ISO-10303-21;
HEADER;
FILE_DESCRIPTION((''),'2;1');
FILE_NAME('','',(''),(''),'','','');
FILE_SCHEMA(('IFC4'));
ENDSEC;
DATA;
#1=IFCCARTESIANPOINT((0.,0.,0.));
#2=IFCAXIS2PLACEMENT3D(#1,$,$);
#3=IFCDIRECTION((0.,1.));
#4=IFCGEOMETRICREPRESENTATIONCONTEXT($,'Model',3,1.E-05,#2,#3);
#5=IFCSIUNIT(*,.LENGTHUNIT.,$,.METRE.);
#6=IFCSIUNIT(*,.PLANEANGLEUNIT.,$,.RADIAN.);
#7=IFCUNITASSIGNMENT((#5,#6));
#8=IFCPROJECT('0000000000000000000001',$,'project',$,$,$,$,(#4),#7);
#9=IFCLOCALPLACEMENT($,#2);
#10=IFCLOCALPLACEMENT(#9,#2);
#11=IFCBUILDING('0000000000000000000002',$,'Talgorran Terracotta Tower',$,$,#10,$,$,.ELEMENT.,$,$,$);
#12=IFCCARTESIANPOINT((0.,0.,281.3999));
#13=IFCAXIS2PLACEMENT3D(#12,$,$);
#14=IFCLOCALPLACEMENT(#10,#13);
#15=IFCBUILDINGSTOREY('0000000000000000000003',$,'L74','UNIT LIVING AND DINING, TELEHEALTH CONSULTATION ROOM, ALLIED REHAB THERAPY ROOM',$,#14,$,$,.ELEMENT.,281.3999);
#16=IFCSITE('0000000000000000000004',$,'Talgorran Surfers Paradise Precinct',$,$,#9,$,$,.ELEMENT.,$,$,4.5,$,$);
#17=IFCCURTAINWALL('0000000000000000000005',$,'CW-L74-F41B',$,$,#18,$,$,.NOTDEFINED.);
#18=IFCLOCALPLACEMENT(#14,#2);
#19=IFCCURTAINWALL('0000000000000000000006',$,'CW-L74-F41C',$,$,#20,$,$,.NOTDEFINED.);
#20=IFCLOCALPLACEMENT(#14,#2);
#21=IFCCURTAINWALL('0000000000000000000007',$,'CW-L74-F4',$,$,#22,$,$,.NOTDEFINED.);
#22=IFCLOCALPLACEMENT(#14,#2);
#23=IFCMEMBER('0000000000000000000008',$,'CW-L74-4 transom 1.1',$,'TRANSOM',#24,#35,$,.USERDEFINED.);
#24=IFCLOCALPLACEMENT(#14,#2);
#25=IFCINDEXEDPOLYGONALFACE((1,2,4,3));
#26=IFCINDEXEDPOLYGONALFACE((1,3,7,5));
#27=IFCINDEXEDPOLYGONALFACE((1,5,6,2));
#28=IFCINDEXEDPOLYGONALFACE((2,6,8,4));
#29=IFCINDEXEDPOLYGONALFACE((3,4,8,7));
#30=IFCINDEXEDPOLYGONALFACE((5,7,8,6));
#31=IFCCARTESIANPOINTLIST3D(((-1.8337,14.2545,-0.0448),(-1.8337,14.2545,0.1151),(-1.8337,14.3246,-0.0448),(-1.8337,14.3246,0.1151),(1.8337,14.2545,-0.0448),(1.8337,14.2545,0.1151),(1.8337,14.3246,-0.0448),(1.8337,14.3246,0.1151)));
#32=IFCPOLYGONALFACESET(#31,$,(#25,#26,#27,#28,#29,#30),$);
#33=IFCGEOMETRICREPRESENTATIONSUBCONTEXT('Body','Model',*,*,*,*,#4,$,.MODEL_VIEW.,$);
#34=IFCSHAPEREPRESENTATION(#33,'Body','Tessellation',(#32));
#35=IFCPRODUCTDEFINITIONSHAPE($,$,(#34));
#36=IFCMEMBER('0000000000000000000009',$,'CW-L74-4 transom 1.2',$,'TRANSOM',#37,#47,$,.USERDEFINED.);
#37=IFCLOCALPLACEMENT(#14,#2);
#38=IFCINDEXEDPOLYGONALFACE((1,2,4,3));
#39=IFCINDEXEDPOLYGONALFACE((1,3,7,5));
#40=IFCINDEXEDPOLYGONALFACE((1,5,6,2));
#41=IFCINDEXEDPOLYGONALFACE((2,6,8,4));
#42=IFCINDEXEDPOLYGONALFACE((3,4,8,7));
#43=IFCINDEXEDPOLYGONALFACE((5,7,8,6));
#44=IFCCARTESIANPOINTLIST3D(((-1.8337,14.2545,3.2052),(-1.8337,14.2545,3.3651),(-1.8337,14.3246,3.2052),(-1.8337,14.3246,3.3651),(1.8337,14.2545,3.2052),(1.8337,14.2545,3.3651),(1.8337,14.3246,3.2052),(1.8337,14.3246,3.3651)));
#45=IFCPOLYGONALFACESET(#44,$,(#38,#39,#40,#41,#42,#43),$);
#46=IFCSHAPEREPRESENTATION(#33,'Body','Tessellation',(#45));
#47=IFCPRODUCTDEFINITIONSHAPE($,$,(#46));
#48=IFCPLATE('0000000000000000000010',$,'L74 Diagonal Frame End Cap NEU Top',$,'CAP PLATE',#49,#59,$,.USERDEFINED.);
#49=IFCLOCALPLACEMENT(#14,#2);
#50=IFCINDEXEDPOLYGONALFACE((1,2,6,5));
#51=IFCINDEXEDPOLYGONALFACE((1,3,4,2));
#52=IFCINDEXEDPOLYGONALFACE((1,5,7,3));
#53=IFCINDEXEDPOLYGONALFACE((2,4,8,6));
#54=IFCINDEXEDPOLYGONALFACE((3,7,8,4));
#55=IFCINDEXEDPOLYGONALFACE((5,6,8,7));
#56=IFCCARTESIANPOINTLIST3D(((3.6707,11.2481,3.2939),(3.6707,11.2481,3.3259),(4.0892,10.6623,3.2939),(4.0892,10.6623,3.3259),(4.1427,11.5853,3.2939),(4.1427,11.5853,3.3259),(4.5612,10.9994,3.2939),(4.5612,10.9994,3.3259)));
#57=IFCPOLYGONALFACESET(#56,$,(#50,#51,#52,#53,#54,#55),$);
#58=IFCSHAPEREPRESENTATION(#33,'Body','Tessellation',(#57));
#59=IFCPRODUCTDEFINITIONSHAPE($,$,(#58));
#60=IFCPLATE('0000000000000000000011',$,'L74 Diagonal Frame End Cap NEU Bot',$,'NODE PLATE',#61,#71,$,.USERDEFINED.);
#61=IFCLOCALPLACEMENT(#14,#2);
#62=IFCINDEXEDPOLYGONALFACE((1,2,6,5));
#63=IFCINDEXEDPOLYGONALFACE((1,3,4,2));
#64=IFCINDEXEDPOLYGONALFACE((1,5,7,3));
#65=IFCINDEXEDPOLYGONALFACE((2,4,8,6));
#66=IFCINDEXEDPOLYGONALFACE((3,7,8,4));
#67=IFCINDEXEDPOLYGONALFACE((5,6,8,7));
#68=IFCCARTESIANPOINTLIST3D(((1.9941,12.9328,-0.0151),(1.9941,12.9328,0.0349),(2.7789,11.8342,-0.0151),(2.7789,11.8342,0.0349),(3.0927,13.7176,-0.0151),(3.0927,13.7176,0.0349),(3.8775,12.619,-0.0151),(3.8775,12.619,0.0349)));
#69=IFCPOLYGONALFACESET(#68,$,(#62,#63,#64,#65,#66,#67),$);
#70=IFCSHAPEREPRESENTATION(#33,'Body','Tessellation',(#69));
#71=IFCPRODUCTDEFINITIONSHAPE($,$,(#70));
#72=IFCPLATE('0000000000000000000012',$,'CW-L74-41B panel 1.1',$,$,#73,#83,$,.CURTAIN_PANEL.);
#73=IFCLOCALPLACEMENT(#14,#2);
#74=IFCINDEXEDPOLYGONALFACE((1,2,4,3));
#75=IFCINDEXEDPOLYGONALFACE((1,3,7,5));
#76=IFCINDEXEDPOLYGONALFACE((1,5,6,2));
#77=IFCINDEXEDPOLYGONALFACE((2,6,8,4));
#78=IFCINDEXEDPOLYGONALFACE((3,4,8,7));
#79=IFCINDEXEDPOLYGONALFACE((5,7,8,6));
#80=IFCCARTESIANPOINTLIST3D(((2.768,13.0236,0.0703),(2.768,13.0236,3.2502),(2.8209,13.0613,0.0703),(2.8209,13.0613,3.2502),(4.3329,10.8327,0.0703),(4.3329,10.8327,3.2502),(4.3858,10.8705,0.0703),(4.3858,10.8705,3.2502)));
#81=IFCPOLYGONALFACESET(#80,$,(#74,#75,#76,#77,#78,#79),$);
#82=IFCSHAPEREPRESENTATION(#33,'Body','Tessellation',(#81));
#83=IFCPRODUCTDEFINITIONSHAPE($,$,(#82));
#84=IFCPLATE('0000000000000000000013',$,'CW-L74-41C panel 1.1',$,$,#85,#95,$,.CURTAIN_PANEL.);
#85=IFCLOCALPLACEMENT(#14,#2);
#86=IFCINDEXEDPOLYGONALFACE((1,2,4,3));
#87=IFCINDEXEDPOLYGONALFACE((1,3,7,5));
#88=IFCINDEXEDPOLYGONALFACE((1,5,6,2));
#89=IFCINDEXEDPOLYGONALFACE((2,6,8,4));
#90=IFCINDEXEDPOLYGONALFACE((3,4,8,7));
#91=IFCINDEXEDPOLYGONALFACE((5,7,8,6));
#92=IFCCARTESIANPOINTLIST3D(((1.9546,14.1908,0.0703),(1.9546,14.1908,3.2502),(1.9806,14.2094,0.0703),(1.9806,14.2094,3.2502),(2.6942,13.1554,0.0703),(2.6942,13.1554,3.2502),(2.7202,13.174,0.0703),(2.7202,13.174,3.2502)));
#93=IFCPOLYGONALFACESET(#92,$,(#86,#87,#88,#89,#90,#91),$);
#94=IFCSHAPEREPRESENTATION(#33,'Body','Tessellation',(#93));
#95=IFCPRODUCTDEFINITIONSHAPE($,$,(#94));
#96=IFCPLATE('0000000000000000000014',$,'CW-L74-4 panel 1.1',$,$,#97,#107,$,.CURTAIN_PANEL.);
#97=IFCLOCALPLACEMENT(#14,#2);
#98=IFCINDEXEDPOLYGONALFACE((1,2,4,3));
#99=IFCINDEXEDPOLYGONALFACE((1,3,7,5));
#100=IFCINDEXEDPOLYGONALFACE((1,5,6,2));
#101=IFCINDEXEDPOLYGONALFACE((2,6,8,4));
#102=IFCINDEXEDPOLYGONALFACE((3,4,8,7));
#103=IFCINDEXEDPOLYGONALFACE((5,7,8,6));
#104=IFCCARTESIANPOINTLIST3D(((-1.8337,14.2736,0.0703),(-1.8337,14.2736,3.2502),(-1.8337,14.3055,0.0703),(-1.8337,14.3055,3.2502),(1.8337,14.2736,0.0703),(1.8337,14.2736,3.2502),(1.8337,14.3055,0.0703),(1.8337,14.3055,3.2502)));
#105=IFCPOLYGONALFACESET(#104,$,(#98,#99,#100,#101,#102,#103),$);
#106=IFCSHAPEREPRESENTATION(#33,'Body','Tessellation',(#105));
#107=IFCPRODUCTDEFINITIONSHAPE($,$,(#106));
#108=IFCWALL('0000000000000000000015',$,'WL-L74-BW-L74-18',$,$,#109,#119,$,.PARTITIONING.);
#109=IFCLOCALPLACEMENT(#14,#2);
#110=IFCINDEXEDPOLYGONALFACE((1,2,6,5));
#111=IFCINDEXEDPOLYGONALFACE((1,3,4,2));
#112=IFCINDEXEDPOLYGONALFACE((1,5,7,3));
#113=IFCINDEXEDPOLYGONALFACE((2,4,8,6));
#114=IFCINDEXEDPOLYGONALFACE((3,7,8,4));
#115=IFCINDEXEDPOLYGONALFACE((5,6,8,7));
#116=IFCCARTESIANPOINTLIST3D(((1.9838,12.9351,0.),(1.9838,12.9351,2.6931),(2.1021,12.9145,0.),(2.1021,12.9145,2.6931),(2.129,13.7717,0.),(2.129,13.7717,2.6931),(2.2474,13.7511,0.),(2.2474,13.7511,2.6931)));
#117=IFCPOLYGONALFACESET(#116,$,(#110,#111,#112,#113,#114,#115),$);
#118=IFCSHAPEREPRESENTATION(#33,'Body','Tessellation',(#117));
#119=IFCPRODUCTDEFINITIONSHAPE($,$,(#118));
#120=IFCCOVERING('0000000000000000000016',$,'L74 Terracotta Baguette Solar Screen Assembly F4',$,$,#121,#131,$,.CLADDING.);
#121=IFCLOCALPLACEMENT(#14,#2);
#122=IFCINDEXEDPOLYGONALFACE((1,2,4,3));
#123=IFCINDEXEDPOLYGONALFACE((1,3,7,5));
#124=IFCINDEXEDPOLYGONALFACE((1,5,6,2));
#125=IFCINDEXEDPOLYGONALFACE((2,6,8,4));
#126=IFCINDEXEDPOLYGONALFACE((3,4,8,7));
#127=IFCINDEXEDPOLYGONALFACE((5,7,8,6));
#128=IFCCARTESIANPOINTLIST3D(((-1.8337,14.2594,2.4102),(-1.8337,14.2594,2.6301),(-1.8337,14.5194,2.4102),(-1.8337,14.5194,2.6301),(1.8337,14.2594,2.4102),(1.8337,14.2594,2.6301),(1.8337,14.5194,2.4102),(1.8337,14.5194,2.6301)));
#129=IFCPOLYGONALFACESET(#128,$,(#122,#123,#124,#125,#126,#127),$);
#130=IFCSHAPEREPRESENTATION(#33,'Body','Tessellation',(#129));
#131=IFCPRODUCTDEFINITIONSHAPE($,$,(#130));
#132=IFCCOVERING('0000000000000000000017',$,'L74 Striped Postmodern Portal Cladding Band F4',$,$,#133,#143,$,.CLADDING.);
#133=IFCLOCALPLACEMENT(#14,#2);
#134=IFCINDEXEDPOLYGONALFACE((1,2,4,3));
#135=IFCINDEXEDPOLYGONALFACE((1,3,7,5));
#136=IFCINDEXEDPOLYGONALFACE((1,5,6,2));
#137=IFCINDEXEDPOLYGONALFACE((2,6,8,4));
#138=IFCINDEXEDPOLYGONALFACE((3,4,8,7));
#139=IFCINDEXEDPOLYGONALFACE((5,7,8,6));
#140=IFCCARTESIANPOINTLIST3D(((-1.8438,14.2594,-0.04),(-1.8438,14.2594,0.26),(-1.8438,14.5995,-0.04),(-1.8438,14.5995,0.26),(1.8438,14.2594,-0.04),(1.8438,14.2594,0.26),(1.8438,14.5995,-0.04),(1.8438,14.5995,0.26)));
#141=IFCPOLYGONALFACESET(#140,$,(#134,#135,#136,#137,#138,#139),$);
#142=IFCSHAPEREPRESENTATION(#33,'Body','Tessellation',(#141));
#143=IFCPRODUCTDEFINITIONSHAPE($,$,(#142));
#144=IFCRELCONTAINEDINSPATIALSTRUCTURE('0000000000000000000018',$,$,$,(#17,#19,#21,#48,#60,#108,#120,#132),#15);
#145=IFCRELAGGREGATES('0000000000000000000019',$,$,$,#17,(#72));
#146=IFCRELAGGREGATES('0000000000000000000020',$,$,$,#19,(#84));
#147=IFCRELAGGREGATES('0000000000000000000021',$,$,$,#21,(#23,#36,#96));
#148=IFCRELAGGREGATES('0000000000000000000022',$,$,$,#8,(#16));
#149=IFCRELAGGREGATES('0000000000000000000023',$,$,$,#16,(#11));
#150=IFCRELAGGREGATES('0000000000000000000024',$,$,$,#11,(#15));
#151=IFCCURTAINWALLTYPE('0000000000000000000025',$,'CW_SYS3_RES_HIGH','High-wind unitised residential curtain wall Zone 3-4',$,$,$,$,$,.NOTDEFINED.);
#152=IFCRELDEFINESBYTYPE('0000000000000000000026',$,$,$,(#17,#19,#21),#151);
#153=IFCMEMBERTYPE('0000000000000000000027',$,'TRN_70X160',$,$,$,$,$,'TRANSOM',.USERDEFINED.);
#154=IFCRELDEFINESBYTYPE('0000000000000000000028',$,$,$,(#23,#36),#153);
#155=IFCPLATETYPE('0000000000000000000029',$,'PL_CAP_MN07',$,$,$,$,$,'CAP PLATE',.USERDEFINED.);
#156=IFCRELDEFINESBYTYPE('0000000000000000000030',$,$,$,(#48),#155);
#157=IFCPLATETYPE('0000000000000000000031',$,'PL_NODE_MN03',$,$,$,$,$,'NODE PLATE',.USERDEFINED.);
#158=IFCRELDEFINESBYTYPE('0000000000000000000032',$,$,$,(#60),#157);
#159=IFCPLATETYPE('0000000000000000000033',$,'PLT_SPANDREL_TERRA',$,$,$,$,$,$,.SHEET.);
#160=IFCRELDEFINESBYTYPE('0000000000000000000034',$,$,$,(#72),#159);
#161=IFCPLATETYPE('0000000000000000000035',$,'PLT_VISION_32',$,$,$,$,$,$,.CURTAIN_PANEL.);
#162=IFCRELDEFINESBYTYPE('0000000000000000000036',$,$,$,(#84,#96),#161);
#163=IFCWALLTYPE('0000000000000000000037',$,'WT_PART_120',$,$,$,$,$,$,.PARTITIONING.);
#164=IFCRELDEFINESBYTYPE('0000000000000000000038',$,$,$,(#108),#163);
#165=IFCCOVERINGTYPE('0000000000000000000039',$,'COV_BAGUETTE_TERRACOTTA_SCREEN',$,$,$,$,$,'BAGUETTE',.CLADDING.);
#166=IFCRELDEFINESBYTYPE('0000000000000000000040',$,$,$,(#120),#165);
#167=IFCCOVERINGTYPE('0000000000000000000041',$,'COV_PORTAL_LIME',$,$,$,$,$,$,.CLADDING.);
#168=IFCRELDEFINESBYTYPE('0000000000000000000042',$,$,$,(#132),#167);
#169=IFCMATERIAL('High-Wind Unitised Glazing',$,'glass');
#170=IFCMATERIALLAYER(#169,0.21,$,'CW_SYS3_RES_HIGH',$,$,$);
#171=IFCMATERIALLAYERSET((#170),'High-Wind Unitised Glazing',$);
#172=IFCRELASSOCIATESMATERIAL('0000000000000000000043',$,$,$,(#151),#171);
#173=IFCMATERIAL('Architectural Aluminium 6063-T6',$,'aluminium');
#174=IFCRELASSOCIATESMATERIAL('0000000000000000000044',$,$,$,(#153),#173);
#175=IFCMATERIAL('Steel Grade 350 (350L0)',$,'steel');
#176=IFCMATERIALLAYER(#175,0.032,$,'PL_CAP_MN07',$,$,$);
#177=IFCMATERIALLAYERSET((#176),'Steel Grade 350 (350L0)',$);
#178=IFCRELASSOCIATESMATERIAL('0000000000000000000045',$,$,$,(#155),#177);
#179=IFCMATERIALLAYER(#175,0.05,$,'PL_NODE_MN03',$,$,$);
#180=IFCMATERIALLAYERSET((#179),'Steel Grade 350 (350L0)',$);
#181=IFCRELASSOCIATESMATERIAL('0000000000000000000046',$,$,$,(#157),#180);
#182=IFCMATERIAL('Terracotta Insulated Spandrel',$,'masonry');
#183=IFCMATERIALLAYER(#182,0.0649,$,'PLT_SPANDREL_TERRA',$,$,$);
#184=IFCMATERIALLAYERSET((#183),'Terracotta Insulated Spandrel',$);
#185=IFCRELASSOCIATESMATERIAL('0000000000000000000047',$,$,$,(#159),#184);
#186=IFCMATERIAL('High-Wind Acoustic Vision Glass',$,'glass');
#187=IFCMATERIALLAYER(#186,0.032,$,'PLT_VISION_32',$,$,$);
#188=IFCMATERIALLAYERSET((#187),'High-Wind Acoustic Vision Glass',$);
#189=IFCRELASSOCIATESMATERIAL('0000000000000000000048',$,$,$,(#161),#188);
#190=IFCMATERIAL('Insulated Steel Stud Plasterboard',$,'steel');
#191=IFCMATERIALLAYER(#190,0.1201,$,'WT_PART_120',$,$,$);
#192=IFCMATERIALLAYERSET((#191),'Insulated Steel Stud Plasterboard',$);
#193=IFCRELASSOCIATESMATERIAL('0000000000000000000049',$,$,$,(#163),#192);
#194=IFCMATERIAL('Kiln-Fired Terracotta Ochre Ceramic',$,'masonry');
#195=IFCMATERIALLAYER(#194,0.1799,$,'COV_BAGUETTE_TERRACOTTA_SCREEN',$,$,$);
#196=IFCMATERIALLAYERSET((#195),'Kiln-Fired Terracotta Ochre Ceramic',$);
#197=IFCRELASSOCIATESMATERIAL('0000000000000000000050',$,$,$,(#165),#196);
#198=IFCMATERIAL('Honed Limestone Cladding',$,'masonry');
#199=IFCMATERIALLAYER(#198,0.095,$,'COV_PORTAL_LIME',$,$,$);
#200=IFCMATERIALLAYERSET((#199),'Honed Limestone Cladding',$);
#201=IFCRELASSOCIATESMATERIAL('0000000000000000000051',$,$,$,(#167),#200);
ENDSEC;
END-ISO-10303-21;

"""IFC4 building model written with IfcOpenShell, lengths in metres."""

from ifc_helpers import new_model, si_unit, direction, frame, frame_2d, origin, origin_2d, place, context, subcontext, project, spatial, rectangle, extrude, source, transform, mapped, material, layer, layer_set, material_profile, profile_set, type_object, type_shapes, element, aggregate, save


model = new_model("IFC4")

# Units and contexts
model_context = context("Model", 3, precision=1e-05, world=origin(), true_north=direction((0.0, 1.0)))
body_context = subcontext(model_context, "Body", "Model", "MODEL_VIEW")
ifc_project = project(units=[si_unit("LENGTHUNIT", "METRE"), si_unit("PLANEANGLEUNIT", "RADIAN")], contexts=[model_context])

# Site, building, storey
site_placement = place(None, origin())
site = spatial("IfcSite", under=ifc_project, at=site_placement, Name="Talgorran Surfers Paradise Precinct", CompositionType="ELEMENT", RefElevation=4.5)
building_placement = place(site_placement, origin())
building = spatial("IfcBuilding", under=site, at=building_placement, Name="Talgorran Terracotta Tower", CompositionType="ELEMENT")
storey_placement = place(building_placement, frame((0.0, 0.0, 281.3999)))
storey = spatial("IfcBuildingStorey", under=building, at=storey_placement, Name="L74", Description="UNIT LIVING AND DINING, TELEHEALTH CONSULTATION ROOM, ALLIED REHAB THERAPY ROOM", CompositionType="ELEMENT", Elevation=281.3999)

# Shared definitions
ifc_material_1 = material(Name="Steel Grade 350 (350L0)", Category="steel")

# Curtain walls
ifc_material_2 = material(Name="High-Wind Unitised Glazing", Category="glass")
ifc_layer_1 = layer(ifc_material_2, 0.21, Name="CW_SYS3_RES_HIGH")
ifc_layer_set_1 = layer_set([ifc_layer_1], Name="High-Wind Unitised Glazing")
curtain_wall_type = type_object("IfcCurtainWallType", Name="CW_SYS3_RES_HIGH", Description="High-wind unitised residential curtain wall Zone 3-4", PredefinedType="NOTDEFINED", material=ifc_layer_set_1)
curtain_wall_1_placement = place(storey_placement, origin())
curtain_wall_1 = element("IfcCurtainWall", 1, at=curtain_wall_1_placement, inside=storey, type_object=curtain_wall_type, Name="CW-L74-F41B", PredefinedType="NOTDEFINED")
ifc_material_3 = material(Name="Architectural Aluminium 6063-T6", Category="aluminium")
curtain_wall_2_placement = place(storey_placement, origin())
curtain_wall_2 = element("IfcCurtainWall", 2, at=curtain_wall_2_placement, inside=storey, type_object=curtain_wall_type, Name="CW-L74-F41C", PredefinedType="NOTDEFINED")

# Curtain wall
curtain_wall_3_placement = place(storey_placement, origin())
curtain_wall_3 = element("IfcCurtainWall", 3, at=curtain_wall_3_placement, inside=storey, type_object=curtain_wall_type, Name="CW-L74-F4", PredefinedType="NOTDEFINED")

# Members
ifc_material_profile_1 = material_profile(ifc_material_3, rectangle(XDim=0.0701, YDim=0.1599, at=origin_2d()), Name="CWT70X160")
ifc_profile_set_1 = profile_set([ifc_material_profile_1], Name="Architectural Aluminium 6063-T6")
member_type_1 = type_object("IfcMemberType", Name="TRN_70X160", ElementType="TRANSOM", PredefinedType="USERDEFINED", material=ifc_profile_set_1)
member_1_placement = place(storey_placement, frame((1.8337, 14.2896, 0.0352), z_axis=(-1.0, 0.0, 0.0), x_axis=(0.0, -1.0, 0.0)))
member_1 = element("IfcMember", 4, at=member_1_placement, type_object=member_type_1, Name="CW-L74-4 transom 1.1", ObjectType="TRANSOM", PredefinedType="USERDEFINED", context=body_context, shape_type="SweptSolid", body=[
    extrude(rectangle(XDim=0.0701, YDim=0.1599, at=origin_2d()), origin(), (0.0, 0.0, 1.0), 3.6675),
])
member_2_placement = place(storey_placement, frame((1.8337, 14.2896, 3.2852), z_axis=(-1.0, 0.0, 0.0), x_axis=(0.0, -1.0, 0.0)))
member_2 = element("IfcMember", 5, at=member_2_placement, type_object=member_type_1, Name="CW-L74-4 transom 1.2", ObjectType="TRANSOM", PredefinedType="USERDEFINED", context=body_context, shape_type="SweptSolid", body=[
    extrude(rectangle(XDim=0.0701, YDim=0.1599, at=origin_2d()), origin(), (0.0, 0.0, 1.0), 3.6675),
])

# Plates
ifc_layer_2 = layer(ifc_material_1, 0.032, Name="PL_CAP_MN07")
ifc_layer_set_2 = layer_set([ifc_layer_2], Name="Steel Grade 350 (350L0)")
plate_type_1 = type_object("IfcPlateType", Name="PL_CAP_MN07", ElementType="CAP PLATE", PredefinedType="USERDEFINED", material=ifc_layer_set_2)
plate_1_placement = place(storey_placement, frame((4.116, 11.1238, 3.2939), z_axis=(0.0, 0.0, 1.0), x_axis=(0.581271, -0.81371, 0.0)))
element("IfcPlate", 6, at=plate_1_placement, inside=storey, type_object=plate_type_1, Name="L74 Diagonal Frame End Cap NEU Top", ObjectType="CAP PLATE", PredefinedType="USERDEFINED", context=body_context, shape_type="SweptSolid", body=[
    extrude(rectangle(XDim=0.72, YDim=0.5801, at=origin_2d()), origin(), (0.0, 0.0, 1.0), 0.032),
])
ifc_layer_3 = layer(ifc_material_1, 0.05, Name="PL_NODE_MN03")
ifc_layer_set_3 = layer_set([ifc_layer_3], Name="Steel Grade 350 (350L0)")
plate_type_2 = type_object("IfcPlateType", Name="PL_NODE_MN03", ElementType="NODE PLATE", PredefinedType="USERDEFINED", material=ifc_layer_set_3)
plate_2_placement = place(storey_placement, frame((2.9358, 12.7759, -0.0151), z_axis=(0.0, 0.0, 1.0), x_axis=(0.581271, -0.81371, 0.0)))
element("IfcPlate", 7, at=plate_2_placement, inside=storey, type_object=plate_type_2, Name="L74 Diagonal Frame End Cap NEU Bot", ObjectType="NODE PLATE", PredefinedType="USERDEFINED", context=body_context, shape_type="SweptSolid", body=[
    extrude(rectangle(XDim=1.3501, YDim=1.3501, at=origin_2d()), origin(), (0.0, 0.0, 1.0), 0.05),
])

# Plates
ifc_material_4 = material(Name="Terracotta Insulated Spandrel", Category="masonry")
ifc_layer_4 = layer(ifc_material_4, 0.0649, Name="PLT_SPANDREL_TERRA")
ifc_layer_set_4 = layer_set([ifc_layer_4], Name="Terracotta Insulated Spandrel")
plate_type_3 = type_object("IfcPlateType", Name="PLT_SPANDREL_TERRA", PredefinedType="SHEET", material=ifc_layer_set_4)
shared_shape_1 = source(origin(), body_context, "Body", "SweptSolid", [
    extrude(rectangle(XDim=2.6924, YDim=0.0649, at=origin_2d()), origin(), (0.0, 0.0, 1.0), 3.1799),
])
type_shapes(plate_type_3, [shared_shape_1])
plate_3_placement = place(storey_placement, frame((3.5769, 11.947, 0.0703), z_axis=(0.0, 0.0, 1.0), x_axis=(-0.581242, 0.813731, 0.0)))
plate_3 = element("IfcPlate", 8, at=plate_3_placement, type_object=plate_type_3, Name="CW-L74-41B panel 1.1", PredefinedType="CURTAIN_PANEL", context=body_context, shape_type="MappedRepresentation", body=[
    mapped(shared_shape_1, transform((0.0, 0.0, 0.0), scale=1.0)),
])
aggregate(curtain_wall_1, [plate_3])
ifc_material_5 = material(Name="High-Wind Acoustic Vision Glass", Category="glass")
ifc_layer_5 = layer(ifc_material_5, 0.032, Name="PLT_VISION_32")
ifc_layer_set_5 = layer_set([ifc_layer_5], Name="High-Wind Acoustic Vision Glass")
plate_type_4 = type_object("IfcPlateType", Name="PLT_VISION_32", PredefinedType="CURTAIN_PANEL", material=ifc_layer_set_5)
shared_shape_2 = source(origin(), body_context, "Body", "SweptSolid", [
    extrude(rectangle(XDim=1.2725, YDim=0.032, at=origin_2d()), origin(), (0.0, 0.0, 1.0), 3.1799),
])
plate_4_placement = place(storey_placement, frame((2.3374, 13.6824, 0.0703), z_axis=(0.0, 0.0, 1.0), x_axis=(-0.581272, 0.81371, 0.0)))
plate_4 = element("IfcPlate", 9, at=plate_4_placement, type_object=plate_type_4, Name="CW-L74-41C panel 1.1", PredefinedType="CURTAIN_PANEL", context=body_context, shape_type="MappedRepresentation", body=[
    mapped(shared_shape_2, transform((0.0, 0.0, 0.0), scale=1.0)),
])
aggregate(curtain_wall_2, [plate_4])
shared_shape_3 = source(origin(), body_context, "Body", "SweptSolid", [
    extrude(rectangle(XDim=3.6675, YDim=0.032, at=origin_2d()), origin(), (0.0, 0.0, 1.0), 3.1799),
])
type_shapes(plate_type_4, [shared_shape_2, shared_shape_3])
plate_5_placement = place(storey_placement, frame((0.0, 14.2896, 0.0703), z_axis=(0.0, 0.0, 1.0), x_axis=(-1.0, 0.0, 0.0)))
plate_5 = element("IfcPlate", 10, at=plate_5_placement, type_object=plate_type_4, Name="CW-L74-4 panel 1.1", PredefinedType="CURTAIN_PANEL", context=body_context, shape_type="MappedRepresentation", body=[
    mapped(shared_shape_3, transform((0.0, 0.0, 0.0), scale=1.0)),
])
aggregate(curtain_wall_3, [member_1, member_2, plate_5])

# Wall
ifc_material_6 = material(Name="Insulated Steel Stud Plasterboard", Category="steel")
ifc_layer_6 = layer(ifc_material_6, 0.1201, Name="WT_PART_120")
ifc_layer_set_6 = layer_set([ifc_layer_6], Name="Insulated Steel Stud Plasterboard")
wall_type = type_object("IfcWallType", Name="WT_PART_120", PredefinedType="PARTITIONING", material=ifc_layer_set_6)
wall_placement = place(storey_placement, frame((2.043, 12.9248, 0.0), z_axis=(0.0, 0.0, 1.0), x_axis=(0.171062, 0.98526, 0.0)))
element("IfcWall", 11, at=wall_placement, inside=storey, type_object=wall_type, Name="WL-L74-BW-L74-18", PredefinedType="PARTITIONING", context=body_context, shape_type="SweptSolid", body=[
    extrude(rectangle(XDim=0.8491, YDim=0.1201, at=frame_2d((0.4246, 0.0))), origin(), (0.0, 0.0, 1.0), 2.6931),
])

# Coverings
ifc_material_7 = material(Name="Kiln-Fired Terracotta Ochre Ceramic", Category="masonry")
ifc_layer_7 = layer(ifc_material_7, 0.1799, Name="COV_BAGUETTE_TERRACOTTA_SCREEN")
ifc_layer_set_7 = layer_set([ifc_layer_7], Name="Kiln-Fired Terracotta Ochre Ceramic")
covering_type_1 = type_object("IfcCoveringType", Name="COV_BAGUETTE_TERRACOTTA_SCREEN", ElementType="BAGUETTE", PredefinedType="CLADDING", material=ifc_layer_set_7)
covering_1_placement = place(storey_placement, frame((0.0, 14.3894, 2.4102), z_axis=(0.0, 0.0, 1.0), x_axis=(-1.0, 0.0, 0.0)))
element("IfcCovering", 12, at=covering_1_placement, inside=storey, type_object=covering_type_1, Name="L74 Terracotta Baguette Solar Screen Assembly F4", PredefinedType="CLADDING", context=body_context, shape_type="SweptSolid", body=[
    extrude(rectangle(XDim=3.6675, YDim=0.26, at=origin_2d()), origin(), (0.0, 0.0, 1.0), 0.22),
])
ifc_material_8 = material(Name="Honed Limestone Cladding", Category="masonry")
ifc_layer_8 = layer(ifc_material_8, 0.095, Name="COV_PORTAL_LIME")
ifc_layer_set_8 = layer_set([ifc_layer_8], Name="Honed Limestone Cladding")
covering_type_2 = type_object("IfcCoveringType", Name="COV_PORTAL_LIME", PredefinedType="CLADDING", material=ifc_layer_set_8)
covering_2_placement = place(storey_placement, frame((0.0, 14.4294, -0.04), z_axis=(0.0, 0.0, 1.0), x_axis=(-1.0, 0.0, 0.0)))
element("IfcCovering", 13, at=covering_2_placement, inside=storey, type_object=covering_type_2, Name="L74 Striped Postmodern Portal Cladding Band F4", PredefinedType="CLADDING", context=body_context, shape_type="SweptSolid", body=[
    extrude(rectangle(XDim=3.6875, YDim=0.3401, at=origin_2d()), origin(), (0.0, 0.0, 1.0), 0.3),
])

save(model, "model.ifc")
